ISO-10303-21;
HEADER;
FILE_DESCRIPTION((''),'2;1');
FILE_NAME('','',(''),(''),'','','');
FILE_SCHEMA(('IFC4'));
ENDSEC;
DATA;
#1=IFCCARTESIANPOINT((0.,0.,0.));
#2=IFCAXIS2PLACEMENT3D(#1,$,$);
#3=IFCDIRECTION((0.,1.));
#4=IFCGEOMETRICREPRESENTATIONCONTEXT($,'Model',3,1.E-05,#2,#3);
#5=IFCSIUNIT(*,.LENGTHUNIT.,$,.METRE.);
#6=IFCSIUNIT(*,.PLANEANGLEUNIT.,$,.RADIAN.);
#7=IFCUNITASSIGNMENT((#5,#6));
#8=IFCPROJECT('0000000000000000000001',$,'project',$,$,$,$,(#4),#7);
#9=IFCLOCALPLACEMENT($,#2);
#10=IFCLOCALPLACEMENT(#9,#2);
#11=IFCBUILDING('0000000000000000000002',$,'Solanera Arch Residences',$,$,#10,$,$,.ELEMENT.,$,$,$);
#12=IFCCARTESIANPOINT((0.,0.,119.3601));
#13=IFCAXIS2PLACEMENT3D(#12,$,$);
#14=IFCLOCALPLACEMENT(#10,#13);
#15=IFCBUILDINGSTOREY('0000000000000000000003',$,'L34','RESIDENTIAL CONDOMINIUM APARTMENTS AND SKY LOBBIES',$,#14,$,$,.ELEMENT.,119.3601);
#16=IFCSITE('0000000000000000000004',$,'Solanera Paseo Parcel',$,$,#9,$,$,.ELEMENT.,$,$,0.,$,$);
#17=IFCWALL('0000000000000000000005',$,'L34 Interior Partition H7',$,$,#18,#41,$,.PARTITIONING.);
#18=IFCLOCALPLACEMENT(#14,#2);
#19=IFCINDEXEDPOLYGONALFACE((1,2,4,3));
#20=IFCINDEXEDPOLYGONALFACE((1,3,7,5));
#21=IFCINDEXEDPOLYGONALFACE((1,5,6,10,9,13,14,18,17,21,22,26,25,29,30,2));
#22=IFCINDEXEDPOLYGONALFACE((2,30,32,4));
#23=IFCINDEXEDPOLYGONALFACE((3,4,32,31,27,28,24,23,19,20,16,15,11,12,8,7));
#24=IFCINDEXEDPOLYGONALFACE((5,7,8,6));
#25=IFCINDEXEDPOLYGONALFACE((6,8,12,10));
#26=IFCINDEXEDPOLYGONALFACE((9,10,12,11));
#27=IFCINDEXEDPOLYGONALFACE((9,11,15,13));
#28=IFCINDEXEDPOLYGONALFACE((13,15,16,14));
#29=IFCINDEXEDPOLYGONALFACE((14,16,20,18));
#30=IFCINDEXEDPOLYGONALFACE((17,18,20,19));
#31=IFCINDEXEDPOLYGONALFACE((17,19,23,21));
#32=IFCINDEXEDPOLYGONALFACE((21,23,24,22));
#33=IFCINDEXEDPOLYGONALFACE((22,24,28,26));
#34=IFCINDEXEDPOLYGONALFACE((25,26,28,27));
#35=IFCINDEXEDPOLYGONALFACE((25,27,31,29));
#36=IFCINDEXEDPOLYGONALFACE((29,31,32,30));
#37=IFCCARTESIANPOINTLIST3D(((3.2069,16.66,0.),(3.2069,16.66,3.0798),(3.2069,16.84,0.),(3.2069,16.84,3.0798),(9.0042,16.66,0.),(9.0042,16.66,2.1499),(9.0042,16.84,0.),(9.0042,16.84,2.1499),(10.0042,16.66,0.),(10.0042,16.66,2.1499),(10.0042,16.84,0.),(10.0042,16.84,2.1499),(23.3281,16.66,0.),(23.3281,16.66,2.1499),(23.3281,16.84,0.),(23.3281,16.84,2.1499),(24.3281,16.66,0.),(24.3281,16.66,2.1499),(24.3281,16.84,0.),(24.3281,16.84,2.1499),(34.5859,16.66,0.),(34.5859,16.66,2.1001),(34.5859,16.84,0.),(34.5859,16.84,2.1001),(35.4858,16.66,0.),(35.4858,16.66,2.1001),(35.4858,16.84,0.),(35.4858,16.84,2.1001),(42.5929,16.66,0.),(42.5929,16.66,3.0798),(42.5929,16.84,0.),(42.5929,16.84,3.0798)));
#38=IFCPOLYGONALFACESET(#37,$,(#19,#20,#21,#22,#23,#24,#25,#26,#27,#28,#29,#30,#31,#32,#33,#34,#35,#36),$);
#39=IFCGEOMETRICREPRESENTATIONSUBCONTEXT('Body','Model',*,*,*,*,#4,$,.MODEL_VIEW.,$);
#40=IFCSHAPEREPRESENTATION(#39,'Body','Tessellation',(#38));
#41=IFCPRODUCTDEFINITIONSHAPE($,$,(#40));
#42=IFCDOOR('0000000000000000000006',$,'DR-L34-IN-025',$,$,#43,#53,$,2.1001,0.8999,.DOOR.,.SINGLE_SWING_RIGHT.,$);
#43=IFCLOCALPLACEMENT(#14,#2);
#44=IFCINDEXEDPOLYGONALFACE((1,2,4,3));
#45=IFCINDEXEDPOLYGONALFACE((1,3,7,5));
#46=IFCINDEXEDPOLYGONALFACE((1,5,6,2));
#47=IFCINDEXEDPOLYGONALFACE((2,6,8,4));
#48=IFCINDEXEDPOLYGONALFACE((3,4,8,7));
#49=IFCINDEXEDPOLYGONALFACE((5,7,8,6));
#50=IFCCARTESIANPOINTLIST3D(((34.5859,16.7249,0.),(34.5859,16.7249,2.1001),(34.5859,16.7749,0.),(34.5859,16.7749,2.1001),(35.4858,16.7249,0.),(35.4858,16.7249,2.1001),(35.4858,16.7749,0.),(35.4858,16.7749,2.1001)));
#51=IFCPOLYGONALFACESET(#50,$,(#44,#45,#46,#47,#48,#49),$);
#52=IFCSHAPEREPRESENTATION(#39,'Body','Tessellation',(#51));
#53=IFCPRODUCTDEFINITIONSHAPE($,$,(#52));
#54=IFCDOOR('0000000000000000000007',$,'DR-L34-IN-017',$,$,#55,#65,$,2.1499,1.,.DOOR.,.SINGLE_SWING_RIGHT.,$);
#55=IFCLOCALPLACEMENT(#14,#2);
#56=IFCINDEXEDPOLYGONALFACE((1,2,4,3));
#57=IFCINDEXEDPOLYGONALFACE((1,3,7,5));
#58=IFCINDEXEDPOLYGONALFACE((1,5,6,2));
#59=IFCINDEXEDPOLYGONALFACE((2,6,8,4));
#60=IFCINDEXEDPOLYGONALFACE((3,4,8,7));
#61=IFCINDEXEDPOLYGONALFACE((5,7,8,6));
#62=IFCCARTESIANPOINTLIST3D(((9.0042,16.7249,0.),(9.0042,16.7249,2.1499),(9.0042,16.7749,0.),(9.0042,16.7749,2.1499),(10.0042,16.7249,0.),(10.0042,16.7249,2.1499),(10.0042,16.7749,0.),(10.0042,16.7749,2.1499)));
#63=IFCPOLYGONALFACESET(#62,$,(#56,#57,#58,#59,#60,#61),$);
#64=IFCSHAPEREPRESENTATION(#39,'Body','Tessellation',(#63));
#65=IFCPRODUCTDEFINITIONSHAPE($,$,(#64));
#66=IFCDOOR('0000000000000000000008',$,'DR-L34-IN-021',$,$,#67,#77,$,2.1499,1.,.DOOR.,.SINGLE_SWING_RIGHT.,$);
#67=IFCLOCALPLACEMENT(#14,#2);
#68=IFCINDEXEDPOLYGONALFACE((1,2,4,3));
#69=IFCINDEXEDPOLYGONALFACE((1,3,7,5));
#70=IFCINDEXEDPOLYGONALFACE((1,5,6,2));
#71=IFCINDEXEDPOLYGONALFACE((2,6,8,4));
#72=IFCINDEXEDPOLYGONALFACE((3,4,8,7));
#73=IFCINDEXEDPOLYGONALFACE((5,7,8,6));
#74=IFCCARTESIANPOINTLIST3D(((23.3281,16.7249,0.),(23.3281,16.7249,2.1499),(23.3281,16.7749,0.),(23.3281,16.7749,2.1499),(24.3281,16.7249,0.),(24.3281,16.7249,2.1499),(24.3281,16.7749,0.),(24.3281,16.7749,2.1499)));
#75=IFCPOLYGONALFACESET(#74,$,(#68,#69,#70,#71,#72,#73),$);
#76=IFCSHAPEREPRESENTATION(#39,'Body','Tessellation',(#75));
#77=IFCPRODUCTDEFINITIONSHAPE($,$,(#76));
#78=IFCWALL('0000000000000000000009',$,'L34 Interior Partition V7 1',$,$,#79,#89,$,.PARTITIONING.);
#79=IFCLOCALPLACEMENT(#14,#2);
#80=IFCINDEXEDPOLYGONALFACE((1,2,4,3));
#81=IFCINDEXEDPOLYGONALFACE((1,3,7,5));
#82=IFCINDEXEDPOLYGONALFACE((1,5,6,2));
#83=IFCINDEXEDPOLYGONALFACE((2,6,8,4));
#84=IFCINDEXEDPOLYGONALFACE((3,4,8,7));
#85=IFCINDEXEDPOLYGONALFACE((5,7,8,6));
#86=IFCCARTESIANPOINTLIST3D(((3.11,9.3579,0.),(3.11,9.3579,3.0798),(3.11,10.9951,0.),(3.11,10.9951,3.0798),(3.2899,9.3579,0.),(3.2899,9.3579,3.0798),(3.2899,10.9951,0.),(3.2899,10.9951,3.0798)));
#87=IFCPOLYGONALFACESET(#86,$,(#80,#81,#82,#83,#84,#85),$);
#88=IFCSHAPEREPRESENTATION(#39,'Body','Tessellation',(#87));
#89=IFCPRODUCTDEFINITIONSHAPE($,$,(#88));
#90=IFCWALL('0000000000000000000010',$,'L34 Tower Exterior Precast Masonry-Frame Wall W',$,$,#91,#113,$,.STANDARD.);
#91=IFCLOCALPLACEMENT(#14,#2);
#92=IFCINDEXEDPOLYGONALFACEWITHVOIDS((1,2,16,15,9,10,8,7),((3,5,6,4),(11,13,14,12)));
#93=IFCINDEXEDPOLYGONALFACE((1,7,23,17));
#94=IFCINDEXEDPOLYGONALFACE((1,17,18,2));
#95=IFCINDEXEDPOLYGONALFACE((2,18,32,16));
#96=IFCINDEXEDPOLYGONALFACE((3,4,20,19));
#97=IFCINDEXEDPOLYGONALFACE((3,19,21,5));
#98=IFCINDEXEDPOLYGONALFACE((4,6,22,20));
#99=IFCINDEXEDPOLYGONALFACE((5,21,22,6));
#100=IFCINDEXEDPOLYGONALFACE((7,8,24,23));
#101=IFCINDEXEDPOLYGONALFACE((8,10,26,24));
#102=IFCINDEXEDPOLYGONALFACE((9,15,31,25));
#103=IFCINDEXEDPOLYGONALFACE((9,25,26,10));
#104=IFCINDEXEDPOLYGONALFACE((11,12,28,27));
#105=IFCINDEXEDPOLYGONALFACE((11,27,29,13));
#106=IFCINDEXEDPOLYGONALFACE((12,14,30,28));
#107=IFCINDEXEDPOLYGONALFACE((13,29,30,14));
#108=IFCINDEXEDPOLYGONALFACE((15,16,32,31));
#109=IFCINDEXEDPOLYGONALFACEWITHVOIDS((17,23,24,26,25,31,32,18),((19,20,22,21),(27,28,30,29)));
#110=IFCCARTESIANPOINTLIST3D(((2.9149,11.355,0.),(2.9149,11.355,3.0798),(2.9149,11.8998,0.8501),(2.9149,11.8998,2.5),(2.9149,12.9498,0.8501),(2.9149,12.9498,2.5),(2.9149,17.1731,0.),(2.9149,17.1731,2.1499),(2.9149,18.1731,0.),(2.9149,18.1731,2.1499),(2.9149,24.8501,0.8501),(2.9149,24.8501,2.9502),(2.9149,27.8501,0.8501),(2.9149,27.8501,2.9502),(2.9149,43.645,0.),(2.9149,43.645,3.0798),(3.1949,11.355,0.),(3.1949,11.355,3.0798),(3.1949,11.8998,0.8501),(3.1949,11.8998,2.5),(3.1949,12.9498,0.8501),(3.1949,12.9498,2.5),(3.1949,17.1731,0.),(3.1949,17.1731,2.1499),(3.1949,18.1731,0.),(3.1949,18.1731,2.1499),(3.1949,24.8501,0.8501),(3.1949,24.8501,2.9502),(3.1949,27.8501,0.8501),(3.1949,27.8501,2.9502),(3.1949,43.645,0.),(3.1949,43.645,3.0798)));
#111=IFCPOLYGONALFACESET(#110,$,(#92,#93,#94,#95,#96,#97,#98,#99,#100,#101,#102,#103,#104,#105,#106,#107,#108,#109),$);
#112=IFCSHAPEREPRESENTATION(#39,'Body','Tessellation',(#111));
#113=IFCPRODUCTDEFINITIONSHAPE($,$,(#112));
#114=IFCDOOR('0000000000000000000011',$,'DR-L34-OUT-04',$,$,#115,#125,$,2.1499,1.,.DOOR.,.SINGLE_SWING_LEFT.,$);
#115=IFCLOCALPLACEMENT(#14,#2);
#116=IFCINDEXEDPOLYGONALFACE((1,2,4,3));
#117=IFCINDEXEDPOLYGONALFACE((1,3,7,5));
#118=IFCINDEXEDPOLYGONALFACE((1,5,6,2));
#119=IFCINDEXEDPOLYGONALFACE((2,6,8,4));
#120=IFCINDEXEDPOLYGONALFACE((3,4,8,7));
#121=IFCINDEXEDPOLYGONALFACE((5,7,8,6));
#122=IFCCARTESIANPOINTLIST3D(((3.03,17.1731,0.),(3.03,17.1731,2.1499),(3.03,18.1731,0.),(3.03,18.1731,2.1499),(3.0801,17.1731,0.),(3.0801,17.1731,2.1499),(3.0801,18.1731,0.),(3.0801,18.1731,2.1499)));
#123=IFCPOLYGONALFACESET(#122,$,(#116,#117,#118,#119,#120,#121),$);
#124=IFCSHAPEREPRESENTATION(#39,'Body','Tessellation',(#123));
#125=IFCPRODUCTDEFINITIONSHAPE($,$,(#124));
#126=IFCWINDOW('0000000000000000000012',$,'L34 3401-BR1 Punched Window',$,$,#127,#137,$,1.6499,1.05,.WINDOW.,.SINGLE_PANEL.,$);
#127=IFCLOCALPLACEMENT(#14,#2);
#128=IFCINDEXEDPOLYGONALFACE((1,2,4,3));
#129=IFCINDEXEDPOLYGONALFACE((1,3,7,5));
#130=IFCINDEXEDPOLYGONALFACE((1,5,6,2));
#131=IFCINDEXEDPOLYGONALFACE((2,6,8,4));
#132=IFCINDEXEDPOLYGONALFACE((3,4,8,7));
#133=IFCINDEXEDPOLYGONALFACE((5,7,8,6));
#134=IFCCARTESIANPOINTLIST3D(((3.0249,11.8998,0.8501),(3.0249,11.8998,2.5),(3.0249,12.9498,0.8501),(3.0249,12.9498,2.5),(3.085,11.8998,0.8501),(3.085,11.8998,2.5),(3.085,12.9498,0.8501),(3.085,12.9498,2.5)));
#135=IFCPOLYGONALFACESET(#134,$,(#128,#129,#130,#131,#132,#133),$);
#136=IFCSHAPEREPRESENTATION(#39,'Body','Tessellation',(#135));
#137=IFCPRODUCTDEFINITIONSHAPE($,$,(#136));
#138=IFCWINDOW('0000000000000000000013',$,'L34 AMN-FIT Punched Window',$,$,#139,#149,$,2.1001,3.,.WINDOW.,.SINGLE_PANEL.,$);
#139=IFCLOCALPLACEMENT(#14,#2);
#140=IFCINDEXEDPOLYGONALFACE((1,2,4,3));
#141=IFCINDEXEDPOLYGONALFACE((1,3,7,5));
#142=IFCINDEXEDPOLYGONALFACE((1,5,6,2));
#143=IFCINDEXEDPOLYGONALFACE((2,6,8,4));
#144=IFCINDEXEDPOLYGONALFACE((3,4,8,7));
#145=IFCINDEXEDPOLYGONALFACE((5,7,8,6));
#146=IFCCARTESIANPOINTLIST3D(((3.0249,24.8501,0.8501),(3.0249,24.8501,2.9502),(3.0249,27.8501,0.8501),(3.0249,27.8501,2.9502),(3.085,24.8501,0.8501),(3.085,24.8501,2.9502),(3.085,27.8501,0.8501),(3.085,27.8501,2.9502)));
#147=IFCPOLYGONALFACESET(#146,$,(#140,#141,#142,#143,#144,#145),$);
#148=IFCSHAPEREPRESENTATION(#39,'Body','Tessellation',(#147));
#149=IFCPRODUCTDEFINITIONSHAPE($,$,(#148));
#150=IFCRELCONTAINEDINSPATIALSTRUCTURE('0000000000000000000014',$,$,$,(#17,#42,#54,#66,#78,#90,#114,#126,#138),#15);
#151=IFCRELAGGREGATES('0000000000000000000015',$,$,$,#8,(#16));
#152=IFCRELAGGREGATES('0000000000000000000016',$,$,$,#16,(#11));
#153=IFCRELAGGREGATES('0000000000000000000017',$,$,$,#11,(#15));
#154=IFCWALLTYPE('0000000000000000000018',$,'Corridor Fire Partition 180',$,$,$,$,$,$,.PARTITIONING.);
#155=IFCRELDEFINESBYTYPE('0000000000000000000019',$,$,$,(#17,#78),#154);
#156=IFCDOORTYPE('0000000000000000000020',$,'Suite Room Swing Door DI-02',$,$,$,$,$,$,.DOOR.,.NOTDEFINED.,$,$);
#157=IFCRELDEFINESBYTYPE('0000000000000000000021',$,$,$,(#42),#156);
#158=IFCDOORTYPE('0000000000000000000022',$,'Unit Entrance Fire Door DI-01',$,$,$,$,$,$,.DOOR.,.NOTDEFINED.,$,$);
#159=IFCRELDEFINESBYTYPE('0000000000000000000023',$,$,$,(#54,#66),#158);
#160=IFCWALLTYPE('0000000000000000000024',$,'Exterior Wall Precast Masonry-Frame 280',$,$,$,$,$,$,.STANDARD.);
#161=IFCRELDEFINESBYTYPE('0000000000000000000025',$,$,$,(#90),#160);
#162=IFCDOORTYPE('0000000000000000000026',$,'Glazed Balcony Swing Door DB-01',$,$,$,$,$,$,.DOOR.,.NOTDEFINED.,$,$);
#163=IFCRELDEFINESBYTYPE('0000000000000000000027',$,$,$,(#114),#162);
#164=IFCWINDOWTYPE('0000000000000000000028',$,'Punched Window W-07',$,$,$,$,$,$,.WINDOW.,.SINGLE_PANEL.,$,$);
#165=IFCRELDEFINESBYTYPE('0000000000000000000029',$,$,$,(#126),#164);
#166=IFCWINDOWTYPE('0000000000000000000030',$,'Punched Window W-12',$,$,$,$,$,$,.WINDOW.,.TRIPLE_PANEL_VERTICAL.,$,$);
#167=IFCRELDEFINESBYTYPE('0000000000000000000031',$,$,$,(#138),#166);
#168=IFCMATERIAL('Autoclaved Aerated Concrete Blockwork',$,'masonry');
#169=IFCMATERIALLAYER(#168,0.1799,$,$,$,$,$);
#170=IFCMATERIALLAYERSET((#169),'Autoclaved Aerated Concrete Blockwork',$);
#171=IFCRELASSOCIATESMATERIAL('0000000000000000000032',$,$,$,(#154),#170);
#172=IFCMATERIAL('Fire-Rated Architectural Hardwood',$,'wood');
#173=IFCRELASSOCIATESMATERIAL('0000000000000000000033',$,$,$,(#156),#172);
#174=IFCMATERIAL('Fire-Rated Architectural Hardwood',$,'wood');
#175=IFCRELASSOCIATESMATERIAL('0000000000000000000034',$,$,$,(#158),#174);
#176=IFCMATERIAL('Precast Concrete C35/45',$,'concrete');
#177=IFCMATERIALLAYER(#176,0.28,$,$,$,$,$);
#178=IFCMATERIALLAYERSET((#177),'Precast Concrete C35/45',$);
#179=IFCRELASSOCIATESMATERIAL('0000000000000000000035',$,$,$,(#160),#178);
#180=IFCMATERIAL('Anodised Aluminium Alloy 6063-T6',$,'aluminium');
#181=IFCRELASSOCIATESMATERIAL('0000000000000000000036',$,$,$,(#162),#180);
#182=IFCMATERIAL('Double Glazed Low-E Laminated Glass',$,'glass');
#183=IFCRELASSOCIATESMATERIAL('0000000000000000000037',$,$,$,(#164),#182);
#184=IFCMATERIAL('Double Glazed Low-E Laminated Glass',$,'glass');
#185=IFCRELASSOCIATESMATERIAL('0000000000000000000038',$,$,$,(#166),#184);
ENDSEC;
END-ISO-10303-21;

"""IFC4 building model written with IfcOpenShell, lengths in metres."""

from ifc_helpers import new_model, si_unit, direction, frame, frame_2d, origin, place, context, subcontext, project, spatial, rectangle, extrude, material, layer, layer_set, type_object, element, fill, save


model = new_model("IFC4")

# Units and contexts
model_context = context("Model", 3, precision=1e-05, world=origin(), true_north=direction((0.0, 1.0)))
body_context = subcontext(model_context, "Body", "Model", "MODEL_VIEW")
ifc_project = project(units=[si_unit("LENGTHUNIT", "METRE"), si_unit("PLANEANGLEUNIT", "RADIAN")], contexts=[model_context])

# Site, building, storey
site_placement = place(None, origin())
site = spatial("IfcSite", under=ifc_project, at=site_placement, Name="Solanera Paseo Parcel", CompositionType="ELEMENT", RefElevation=0.0)
building_placement = place(site_placement, origin())
building = spatial("IfcBuilding", under=site, at=building_placement, Name="Solanera Arch Residences", CompositionType="ELEMENT")
storey_placement = place(building_placement, frame((0.0, 0.0, 119.3601)))
storey = spatial("IfcBuildingStorey", under=building, at=storey_placement, Name="L34", Description="RESIDENTIAL CONDOMINIUM APARTMENTS AND SKY LOBBIES", CompositionType="ELEMENT", Elevation=119.3601)

# Wall, openings, doors
ifc_material_1 = material(Name="Autoclaved Aerated Concrete Blockwork", Category="masonry")
ifc_layer_1 = layer(ifc_material_1, 0.1799)
ifc_layer_set_1 = layer_set([ifc_layer_1], Name="Autoclaved Aerated Concrete Blockwork")
wall_type_1 = type_object("IfcWallType", Name="Corridor Fire Partition 180", PredefinedType="PARTITIONING", material=ifc_layer_set_1)
wall_1_placement = place(storey_placement, frame((3.207, 16.75, 0.0), z_axis=(0.0, 0.0, 1.0), x_axis=(1.0, 0.0, 0.0)))
wall_1 = element("IfcWall", 1, at=wall_1_placement, inside=storey, type_object=wall_type_1, Name="L34 Interior Partition H7", PredefinedType="PARTITIONING", context=body_context, shape_type="SweptSolid", body=[
    extrude(rectangle(XDim=39.386, YDim=0.1799, at=frame_2d((19.6929, 0.0))), origin(), (0.0, 0.0, 1.0), 3.0798),
])
opening_1_placement = place(wall_1_placement, frame((5.7971, 0.0, 0.0)))
opening_1 = element("IfcOpeningElement", 2, at=opening_1_placement, cuts=wall_1, PredefinedType="OPENING", context=body_context, shape_type="SweptSolid", body=[
    extrude(rectangle(XDim=1.0, YDim=2.1499, at=frame_2d((0.5, 1.075))), frame((0.0, 0.1001, 0.0), z_axis=(0.0, -1.0, 0.0), x_axis=(1.0, 0.0, 0.0)), (0.0, 0.0, 1.0), 0.1999),
])
opening_2_placement = place(wall_1_placement, frame((20.1211, 0.0, 0.0)))
opening_2 = element("IfcOpeningElement", 3, at=opening_2_placement, cuts=wall_1, PredefinedType="OPENING", context=body_context, shape_type="SweptSolid", body=[
    extrude(rectangle(XDim=1.0, YDim=2.1499, at=frame_2d((0.5, 1.075))), frame((0.0, 0.1001, 0.0), z_axis=(0.0, -1.0, 0.0), x_axis=(1.0, 0.0, 0.0)), (0.0, 0.0, 1.0), 0.1999),
])
opening_3_placement = place(wall_1_placement, frame((31.3789, 0.0, 0.0)))
opening_3 = element("IfcOpeningElement", 4, at=opening_3_placement, cuts=wall_1, PredefinedType="OPENING", context=body_context, shape_type="SweptSolid", body=[
    extrude(rectangle(XDim=0.8999, YDim=2.1001, at=frame_2d((0.45, 1.05))), frame((0.0, 0.1001, 0.0), z_axis=(0.0, -1.0, 0.0), x_axis=(1.0, 0.0, 0.0)), (0.0, 0.0, 1.0), 0.1999),
])
ifc_material_2 = material(Name="Fire-Rated Architectural Hardwood", Category="wood")
door_type_1 = type_object("IfcDoorType", Name="Suite Room Swing Door DI-02", OperationType="NOTDEFINED", PredefinedType="DOOR", material=ifc_material_2)
door_1_placement = place(opening_3_placement, origin())
door_1 = element("IfcDoor", 5, at=door_1_placement, inside=storey, type_object=door_type_1, Name="DR-L34-IN-025", OperationType="SINGLE_SWING_RIGHT", OverallHeight=2.1001, OverallWidth=0.8999, PredefinedType="DOOR", context=body_context, shape_type="SweptSolid", body=[
    extrude(rectangle(XDim=0.8999, YDim=2.1001, at=frame_2d((0.45, 1.05))), frame((0.0, 0.0249, 0.0), z_axis=(0.0, -1.0, 0.0), x_axis=(1.0, 0.0, 0.0)), (0.0, 0.0, 1.0), 0.05),
])
fill(opening_3, door_1)
ifc_material_3 = material(Name="Fire-Rated Architectural Hardwood", Category="wood")
door_type_2 = type_object("IfcDoorType", Name="Unit Entrance Fire Door DI-01", OperationType="NOTDEFINED", PredefinedType="DOOR", material=ifc_material_3)
door_2_placement = place(opening_1_placement, origin())
door_2 = element("IfcDoor", 6, at=door_2_placement, inside=storey, type_object=door_type_2, Name="DR-L34-IN-017", OperationType="SINGLE_SWING_RIGHT", OverallHeight=2.1499, OverallWidth=1.0, PredefinedType="DOOR", context=body_context, shape_type="SweptSolid", body=[
    extrude(rectangle(XDim=1.0, YDim=2.1499, at=frame_2d((0.5, 1.075))), frame((0.0, 0.0249, 0.0), z_axis=(0.0, -1.0, 0.0), x_axis=(1.0, 0.0, 0.0)), (0.0, 0.0, 1.0), 0.05),
])
fill(opening_1, door_2)
door_3_placement = place(opening_2_placement, origin())
door_3 = element("IfcDoor", 7, at=door_3_placement, inside=storey, type_object=door_type_2, Name="DR-L34-IN-021", OperationType="SINGLE_SWING_RIGHT", OverallHeight=2.1499, OverallWidth=1.0, PredefinedType="DOOR", context=body_context, shape_type="SweptSolid", body=[
    extrude(rectangle(XDim=1.0, YDim=2.1499, at=frame_2d((0.5, 1.075))), frame((0.0, 0.0249, 0.0), z_axis=(0.0, -1.0, 0.0), x_axis=(1.0, 0.0, 0.0)), (0.0, 0.0, 1.0), 0.05),
])
fill(opening_2, door_3)

# Wall
wall_2_placement = place(storey_placement, frame((3.2, 9.3579, 0.0), z_axis=(0.0, 0.0, 1.0), x_axis=(0.0, 1.0, 0.0)))
element("IfcWall", 8, at=wall_2_placement, inside=storey, type_object=wall_type_1, Name="L34 Interior Partition V7 1", PredefinedType="PARTITIONING", context=body_context, shape_type="SweptSolid", body=[
    extrude(rectangle(XDim=1.6372, YDim=0.1799, at=frame_2d((0.8186, 0.0))), origin(), (0.0, 0.0, 1.0), 3.0798),
])

# Wall, openings, door, windows
ifc_material_4 = material(Name="Precast Concrete C35/45", Category="concrete")
ifc_layer_2 = layer(ifc_material_4, 0.28)
ifc_layer_set_2 = layer_set([ifc_layer_2], Name="Precast Concrete C35/45")
wall_type_2 = type_object("IfcWallType", Name="Exterior Wall Precast Masonry-Frame 280", PredefinedType="STANDARD", material=ifc_layer_set_2)
wall_3_placement = place(storey_placement, frame((3.0549, 11.355, 0.0), z_axis=(0.0, 0.0, 1.0), x_axis=(0.0, 1.0, 0.0)))
wall_3 = element("IfcWall", 9, at=wall_3_placement, inside=storey, type_object=wall_type_2, Name="L34 Tower Exterior Precast Masonry-Frame Wall W", PredefinedType="STANDARD", context=body_context, shape_type="SweptSolid", body=[
    extrude(rectangle(XDim=32.29, YDim=0.28, at=frame_2d((16.145, 0.0))), origin(), (0.0, 0.0, 1.0), 3.0798),
])
opening_4_placement = place(wall_3_placement, frame((5.8181, 0.0, 0.0)))
opening_4 = element("IfcOpeningElement", 10, at=opening_4_placement, cuts=wall_3, PredefinedType="OPENING", context=body_context, shape_type="SweptSolid", body=[
    extrude(rectangle(XDim=1.0, YDim=2.1499, at=frame_2d((0.5, 1.075))), frame((0.0, 0.1499, 0.0), z_axis=(0.0, -1.0, 0.0), x_axis=(1.0, 0.0, 0.0)), (0.0, 0.0, 1.0), 0.3),
])
opening_5_placement = place(wall_3_placement, frame((0.5449, 0.0, 0.8501)))
opening_5 = element("IfcOpeningElement", 11, at=opening_5_placement, cuts=wall_3, PredefinedType="OPENING", context=body_context, shape_type="SweptSolid", body=[
    extrude(rectangle(XDim=1.05, YDim=1.6499, at=frame_2d((0.5249, 0.825))), frame((0.0, 0.1499, 0.0), z_axis=(0.0, -1.0, 0.0), x_axis=(1.0, 0.0, 0.0)), (0.0, 0.0, 1.0), 0.3),
])
opening_6_placement = place(wall_3_placement, frame((13.4951, 0.0, 0.8501)))
opening_6 = element("IfcOpeningElement", 12, at=opening_6_placement, cuts=wall_3, PredefinedType="OPENING", context=body_context, shape_type="SweptSolid", body=[
    extrude(rectangle(XDim=3.0, YDim=2.1001, at=frame_2d((1.5, 1.05))), frame((0.0, 0.1499, 0.0), z_axis=(0.0, -1.0, 0.0), x_axis=(1.0, 0.0, 0.0)), (0.0, 0.0, 1.0), 0.3),
])
ifc_material_5 = material(Name="Anodised Aluminium Alloy 6063-T6", Category="aluminium")
door_type_3 = type_object("IfcDoorType", Name="Glazed Balcony Swing Door DB-01", OperationType="NOTDEFINED", PredefinedType="DOOR", material=ifc_material_5)
door_4_placement = place(opening_4_placement, origin())
door_4 = element("IfcDoor", 13, at=door_4_placement, inside=storey, type_object=door_type_3, Name="DR-L34-OUT-04", OperationType="SINGLE_SWING_LEFT", OverallHeight=2.1499, OverallWidth=1.0, PredefinedType="DOOR", context=body_context, shape_type="SweptSolid", body=[
    extrude(rectangle(XDim=1.0, YDim=2.1499, at=frame_2d((0.5, 1.075))), frame((0.0, 0.0249, 0.0), z_axis=(0.0, -1.0, 0.0), x_axis=(1.0, 0.0, 0.0)), (0.0, 0.0, 1.0), 0.05),
])
fill(opening_4, door_4)
ifc_material_6 = material(Name="Double Glazed Low-E Laminated Glass", Category="glass")
window_type_1 = type_object("IfcWindowType", Name="Punched Window W-07", PartitioningType="SINGLE_PANEL", PredefinedType="WINDOW", material=ifc_material_6)
window_1_placement = place(opening_5_placement, origin())
window_1 = element("IfcWindow", 14, at=window_1_placement, inside=storey, type_object=window_type_1, Name="L34 3401-BR1 Punched Window", OverallHeight=1.6499, OverallWidth=1.05, PartitioningType="SINGLE_PANEL", PredefinedType="WINDOW", context=body_context, shape_type="SweptSolid", body=[
    extrude(rectangle(XDim=1.05, YDim=1.6499, at=frame_2d((0.5249, 0.825))), frame((0.0, 0.03, 0.0), z_axis=(0.0, -1.0, 0.0), x_axis=(1.0, 0.0, 0.0)), (0.0, 0.0, 1.0), 0.0601),
])
fill(opening_5, window_1)
ifc_material_7 = material(Name="Double Glazed Low-E Laminated Glass", Category="glass")
window_type_2 = type_object("IfcWindowType", Name="Punched Window W-12", PartitioningType="TRIPLE_PANEL_VERTICAL", PredefinedType="WINDOW", material=ifc_material_7)
window_2_placement = place(opening_6_placement, origin())
window_2 = element("IfcWindow", 15, at=window_2_placement, inside=storey, type_object=window_type_2, Name="L34 AMN-FIT Punched Window", OverallHeight=2.1001, OverallWidth=3.0, PartitioningType="SINGLE_PANEL", PredefinedType="WINDOW", context=body_context, shape_type="SweptSolid", body=[
    extrude(rectangle(XDim=3.0, YDim=2.1001, at=frame_2d((1.5, 1.05))), frame((0.0, 0.03, 0.0), z_axis=(0.0, -1.0, 0.0), x_axis=(1.0, 0.0, 0.0)), (0.0, 0.0, 1.0), 0.0601),
])
fill(opening_6, window_2)

save(model, "model.ifc")
